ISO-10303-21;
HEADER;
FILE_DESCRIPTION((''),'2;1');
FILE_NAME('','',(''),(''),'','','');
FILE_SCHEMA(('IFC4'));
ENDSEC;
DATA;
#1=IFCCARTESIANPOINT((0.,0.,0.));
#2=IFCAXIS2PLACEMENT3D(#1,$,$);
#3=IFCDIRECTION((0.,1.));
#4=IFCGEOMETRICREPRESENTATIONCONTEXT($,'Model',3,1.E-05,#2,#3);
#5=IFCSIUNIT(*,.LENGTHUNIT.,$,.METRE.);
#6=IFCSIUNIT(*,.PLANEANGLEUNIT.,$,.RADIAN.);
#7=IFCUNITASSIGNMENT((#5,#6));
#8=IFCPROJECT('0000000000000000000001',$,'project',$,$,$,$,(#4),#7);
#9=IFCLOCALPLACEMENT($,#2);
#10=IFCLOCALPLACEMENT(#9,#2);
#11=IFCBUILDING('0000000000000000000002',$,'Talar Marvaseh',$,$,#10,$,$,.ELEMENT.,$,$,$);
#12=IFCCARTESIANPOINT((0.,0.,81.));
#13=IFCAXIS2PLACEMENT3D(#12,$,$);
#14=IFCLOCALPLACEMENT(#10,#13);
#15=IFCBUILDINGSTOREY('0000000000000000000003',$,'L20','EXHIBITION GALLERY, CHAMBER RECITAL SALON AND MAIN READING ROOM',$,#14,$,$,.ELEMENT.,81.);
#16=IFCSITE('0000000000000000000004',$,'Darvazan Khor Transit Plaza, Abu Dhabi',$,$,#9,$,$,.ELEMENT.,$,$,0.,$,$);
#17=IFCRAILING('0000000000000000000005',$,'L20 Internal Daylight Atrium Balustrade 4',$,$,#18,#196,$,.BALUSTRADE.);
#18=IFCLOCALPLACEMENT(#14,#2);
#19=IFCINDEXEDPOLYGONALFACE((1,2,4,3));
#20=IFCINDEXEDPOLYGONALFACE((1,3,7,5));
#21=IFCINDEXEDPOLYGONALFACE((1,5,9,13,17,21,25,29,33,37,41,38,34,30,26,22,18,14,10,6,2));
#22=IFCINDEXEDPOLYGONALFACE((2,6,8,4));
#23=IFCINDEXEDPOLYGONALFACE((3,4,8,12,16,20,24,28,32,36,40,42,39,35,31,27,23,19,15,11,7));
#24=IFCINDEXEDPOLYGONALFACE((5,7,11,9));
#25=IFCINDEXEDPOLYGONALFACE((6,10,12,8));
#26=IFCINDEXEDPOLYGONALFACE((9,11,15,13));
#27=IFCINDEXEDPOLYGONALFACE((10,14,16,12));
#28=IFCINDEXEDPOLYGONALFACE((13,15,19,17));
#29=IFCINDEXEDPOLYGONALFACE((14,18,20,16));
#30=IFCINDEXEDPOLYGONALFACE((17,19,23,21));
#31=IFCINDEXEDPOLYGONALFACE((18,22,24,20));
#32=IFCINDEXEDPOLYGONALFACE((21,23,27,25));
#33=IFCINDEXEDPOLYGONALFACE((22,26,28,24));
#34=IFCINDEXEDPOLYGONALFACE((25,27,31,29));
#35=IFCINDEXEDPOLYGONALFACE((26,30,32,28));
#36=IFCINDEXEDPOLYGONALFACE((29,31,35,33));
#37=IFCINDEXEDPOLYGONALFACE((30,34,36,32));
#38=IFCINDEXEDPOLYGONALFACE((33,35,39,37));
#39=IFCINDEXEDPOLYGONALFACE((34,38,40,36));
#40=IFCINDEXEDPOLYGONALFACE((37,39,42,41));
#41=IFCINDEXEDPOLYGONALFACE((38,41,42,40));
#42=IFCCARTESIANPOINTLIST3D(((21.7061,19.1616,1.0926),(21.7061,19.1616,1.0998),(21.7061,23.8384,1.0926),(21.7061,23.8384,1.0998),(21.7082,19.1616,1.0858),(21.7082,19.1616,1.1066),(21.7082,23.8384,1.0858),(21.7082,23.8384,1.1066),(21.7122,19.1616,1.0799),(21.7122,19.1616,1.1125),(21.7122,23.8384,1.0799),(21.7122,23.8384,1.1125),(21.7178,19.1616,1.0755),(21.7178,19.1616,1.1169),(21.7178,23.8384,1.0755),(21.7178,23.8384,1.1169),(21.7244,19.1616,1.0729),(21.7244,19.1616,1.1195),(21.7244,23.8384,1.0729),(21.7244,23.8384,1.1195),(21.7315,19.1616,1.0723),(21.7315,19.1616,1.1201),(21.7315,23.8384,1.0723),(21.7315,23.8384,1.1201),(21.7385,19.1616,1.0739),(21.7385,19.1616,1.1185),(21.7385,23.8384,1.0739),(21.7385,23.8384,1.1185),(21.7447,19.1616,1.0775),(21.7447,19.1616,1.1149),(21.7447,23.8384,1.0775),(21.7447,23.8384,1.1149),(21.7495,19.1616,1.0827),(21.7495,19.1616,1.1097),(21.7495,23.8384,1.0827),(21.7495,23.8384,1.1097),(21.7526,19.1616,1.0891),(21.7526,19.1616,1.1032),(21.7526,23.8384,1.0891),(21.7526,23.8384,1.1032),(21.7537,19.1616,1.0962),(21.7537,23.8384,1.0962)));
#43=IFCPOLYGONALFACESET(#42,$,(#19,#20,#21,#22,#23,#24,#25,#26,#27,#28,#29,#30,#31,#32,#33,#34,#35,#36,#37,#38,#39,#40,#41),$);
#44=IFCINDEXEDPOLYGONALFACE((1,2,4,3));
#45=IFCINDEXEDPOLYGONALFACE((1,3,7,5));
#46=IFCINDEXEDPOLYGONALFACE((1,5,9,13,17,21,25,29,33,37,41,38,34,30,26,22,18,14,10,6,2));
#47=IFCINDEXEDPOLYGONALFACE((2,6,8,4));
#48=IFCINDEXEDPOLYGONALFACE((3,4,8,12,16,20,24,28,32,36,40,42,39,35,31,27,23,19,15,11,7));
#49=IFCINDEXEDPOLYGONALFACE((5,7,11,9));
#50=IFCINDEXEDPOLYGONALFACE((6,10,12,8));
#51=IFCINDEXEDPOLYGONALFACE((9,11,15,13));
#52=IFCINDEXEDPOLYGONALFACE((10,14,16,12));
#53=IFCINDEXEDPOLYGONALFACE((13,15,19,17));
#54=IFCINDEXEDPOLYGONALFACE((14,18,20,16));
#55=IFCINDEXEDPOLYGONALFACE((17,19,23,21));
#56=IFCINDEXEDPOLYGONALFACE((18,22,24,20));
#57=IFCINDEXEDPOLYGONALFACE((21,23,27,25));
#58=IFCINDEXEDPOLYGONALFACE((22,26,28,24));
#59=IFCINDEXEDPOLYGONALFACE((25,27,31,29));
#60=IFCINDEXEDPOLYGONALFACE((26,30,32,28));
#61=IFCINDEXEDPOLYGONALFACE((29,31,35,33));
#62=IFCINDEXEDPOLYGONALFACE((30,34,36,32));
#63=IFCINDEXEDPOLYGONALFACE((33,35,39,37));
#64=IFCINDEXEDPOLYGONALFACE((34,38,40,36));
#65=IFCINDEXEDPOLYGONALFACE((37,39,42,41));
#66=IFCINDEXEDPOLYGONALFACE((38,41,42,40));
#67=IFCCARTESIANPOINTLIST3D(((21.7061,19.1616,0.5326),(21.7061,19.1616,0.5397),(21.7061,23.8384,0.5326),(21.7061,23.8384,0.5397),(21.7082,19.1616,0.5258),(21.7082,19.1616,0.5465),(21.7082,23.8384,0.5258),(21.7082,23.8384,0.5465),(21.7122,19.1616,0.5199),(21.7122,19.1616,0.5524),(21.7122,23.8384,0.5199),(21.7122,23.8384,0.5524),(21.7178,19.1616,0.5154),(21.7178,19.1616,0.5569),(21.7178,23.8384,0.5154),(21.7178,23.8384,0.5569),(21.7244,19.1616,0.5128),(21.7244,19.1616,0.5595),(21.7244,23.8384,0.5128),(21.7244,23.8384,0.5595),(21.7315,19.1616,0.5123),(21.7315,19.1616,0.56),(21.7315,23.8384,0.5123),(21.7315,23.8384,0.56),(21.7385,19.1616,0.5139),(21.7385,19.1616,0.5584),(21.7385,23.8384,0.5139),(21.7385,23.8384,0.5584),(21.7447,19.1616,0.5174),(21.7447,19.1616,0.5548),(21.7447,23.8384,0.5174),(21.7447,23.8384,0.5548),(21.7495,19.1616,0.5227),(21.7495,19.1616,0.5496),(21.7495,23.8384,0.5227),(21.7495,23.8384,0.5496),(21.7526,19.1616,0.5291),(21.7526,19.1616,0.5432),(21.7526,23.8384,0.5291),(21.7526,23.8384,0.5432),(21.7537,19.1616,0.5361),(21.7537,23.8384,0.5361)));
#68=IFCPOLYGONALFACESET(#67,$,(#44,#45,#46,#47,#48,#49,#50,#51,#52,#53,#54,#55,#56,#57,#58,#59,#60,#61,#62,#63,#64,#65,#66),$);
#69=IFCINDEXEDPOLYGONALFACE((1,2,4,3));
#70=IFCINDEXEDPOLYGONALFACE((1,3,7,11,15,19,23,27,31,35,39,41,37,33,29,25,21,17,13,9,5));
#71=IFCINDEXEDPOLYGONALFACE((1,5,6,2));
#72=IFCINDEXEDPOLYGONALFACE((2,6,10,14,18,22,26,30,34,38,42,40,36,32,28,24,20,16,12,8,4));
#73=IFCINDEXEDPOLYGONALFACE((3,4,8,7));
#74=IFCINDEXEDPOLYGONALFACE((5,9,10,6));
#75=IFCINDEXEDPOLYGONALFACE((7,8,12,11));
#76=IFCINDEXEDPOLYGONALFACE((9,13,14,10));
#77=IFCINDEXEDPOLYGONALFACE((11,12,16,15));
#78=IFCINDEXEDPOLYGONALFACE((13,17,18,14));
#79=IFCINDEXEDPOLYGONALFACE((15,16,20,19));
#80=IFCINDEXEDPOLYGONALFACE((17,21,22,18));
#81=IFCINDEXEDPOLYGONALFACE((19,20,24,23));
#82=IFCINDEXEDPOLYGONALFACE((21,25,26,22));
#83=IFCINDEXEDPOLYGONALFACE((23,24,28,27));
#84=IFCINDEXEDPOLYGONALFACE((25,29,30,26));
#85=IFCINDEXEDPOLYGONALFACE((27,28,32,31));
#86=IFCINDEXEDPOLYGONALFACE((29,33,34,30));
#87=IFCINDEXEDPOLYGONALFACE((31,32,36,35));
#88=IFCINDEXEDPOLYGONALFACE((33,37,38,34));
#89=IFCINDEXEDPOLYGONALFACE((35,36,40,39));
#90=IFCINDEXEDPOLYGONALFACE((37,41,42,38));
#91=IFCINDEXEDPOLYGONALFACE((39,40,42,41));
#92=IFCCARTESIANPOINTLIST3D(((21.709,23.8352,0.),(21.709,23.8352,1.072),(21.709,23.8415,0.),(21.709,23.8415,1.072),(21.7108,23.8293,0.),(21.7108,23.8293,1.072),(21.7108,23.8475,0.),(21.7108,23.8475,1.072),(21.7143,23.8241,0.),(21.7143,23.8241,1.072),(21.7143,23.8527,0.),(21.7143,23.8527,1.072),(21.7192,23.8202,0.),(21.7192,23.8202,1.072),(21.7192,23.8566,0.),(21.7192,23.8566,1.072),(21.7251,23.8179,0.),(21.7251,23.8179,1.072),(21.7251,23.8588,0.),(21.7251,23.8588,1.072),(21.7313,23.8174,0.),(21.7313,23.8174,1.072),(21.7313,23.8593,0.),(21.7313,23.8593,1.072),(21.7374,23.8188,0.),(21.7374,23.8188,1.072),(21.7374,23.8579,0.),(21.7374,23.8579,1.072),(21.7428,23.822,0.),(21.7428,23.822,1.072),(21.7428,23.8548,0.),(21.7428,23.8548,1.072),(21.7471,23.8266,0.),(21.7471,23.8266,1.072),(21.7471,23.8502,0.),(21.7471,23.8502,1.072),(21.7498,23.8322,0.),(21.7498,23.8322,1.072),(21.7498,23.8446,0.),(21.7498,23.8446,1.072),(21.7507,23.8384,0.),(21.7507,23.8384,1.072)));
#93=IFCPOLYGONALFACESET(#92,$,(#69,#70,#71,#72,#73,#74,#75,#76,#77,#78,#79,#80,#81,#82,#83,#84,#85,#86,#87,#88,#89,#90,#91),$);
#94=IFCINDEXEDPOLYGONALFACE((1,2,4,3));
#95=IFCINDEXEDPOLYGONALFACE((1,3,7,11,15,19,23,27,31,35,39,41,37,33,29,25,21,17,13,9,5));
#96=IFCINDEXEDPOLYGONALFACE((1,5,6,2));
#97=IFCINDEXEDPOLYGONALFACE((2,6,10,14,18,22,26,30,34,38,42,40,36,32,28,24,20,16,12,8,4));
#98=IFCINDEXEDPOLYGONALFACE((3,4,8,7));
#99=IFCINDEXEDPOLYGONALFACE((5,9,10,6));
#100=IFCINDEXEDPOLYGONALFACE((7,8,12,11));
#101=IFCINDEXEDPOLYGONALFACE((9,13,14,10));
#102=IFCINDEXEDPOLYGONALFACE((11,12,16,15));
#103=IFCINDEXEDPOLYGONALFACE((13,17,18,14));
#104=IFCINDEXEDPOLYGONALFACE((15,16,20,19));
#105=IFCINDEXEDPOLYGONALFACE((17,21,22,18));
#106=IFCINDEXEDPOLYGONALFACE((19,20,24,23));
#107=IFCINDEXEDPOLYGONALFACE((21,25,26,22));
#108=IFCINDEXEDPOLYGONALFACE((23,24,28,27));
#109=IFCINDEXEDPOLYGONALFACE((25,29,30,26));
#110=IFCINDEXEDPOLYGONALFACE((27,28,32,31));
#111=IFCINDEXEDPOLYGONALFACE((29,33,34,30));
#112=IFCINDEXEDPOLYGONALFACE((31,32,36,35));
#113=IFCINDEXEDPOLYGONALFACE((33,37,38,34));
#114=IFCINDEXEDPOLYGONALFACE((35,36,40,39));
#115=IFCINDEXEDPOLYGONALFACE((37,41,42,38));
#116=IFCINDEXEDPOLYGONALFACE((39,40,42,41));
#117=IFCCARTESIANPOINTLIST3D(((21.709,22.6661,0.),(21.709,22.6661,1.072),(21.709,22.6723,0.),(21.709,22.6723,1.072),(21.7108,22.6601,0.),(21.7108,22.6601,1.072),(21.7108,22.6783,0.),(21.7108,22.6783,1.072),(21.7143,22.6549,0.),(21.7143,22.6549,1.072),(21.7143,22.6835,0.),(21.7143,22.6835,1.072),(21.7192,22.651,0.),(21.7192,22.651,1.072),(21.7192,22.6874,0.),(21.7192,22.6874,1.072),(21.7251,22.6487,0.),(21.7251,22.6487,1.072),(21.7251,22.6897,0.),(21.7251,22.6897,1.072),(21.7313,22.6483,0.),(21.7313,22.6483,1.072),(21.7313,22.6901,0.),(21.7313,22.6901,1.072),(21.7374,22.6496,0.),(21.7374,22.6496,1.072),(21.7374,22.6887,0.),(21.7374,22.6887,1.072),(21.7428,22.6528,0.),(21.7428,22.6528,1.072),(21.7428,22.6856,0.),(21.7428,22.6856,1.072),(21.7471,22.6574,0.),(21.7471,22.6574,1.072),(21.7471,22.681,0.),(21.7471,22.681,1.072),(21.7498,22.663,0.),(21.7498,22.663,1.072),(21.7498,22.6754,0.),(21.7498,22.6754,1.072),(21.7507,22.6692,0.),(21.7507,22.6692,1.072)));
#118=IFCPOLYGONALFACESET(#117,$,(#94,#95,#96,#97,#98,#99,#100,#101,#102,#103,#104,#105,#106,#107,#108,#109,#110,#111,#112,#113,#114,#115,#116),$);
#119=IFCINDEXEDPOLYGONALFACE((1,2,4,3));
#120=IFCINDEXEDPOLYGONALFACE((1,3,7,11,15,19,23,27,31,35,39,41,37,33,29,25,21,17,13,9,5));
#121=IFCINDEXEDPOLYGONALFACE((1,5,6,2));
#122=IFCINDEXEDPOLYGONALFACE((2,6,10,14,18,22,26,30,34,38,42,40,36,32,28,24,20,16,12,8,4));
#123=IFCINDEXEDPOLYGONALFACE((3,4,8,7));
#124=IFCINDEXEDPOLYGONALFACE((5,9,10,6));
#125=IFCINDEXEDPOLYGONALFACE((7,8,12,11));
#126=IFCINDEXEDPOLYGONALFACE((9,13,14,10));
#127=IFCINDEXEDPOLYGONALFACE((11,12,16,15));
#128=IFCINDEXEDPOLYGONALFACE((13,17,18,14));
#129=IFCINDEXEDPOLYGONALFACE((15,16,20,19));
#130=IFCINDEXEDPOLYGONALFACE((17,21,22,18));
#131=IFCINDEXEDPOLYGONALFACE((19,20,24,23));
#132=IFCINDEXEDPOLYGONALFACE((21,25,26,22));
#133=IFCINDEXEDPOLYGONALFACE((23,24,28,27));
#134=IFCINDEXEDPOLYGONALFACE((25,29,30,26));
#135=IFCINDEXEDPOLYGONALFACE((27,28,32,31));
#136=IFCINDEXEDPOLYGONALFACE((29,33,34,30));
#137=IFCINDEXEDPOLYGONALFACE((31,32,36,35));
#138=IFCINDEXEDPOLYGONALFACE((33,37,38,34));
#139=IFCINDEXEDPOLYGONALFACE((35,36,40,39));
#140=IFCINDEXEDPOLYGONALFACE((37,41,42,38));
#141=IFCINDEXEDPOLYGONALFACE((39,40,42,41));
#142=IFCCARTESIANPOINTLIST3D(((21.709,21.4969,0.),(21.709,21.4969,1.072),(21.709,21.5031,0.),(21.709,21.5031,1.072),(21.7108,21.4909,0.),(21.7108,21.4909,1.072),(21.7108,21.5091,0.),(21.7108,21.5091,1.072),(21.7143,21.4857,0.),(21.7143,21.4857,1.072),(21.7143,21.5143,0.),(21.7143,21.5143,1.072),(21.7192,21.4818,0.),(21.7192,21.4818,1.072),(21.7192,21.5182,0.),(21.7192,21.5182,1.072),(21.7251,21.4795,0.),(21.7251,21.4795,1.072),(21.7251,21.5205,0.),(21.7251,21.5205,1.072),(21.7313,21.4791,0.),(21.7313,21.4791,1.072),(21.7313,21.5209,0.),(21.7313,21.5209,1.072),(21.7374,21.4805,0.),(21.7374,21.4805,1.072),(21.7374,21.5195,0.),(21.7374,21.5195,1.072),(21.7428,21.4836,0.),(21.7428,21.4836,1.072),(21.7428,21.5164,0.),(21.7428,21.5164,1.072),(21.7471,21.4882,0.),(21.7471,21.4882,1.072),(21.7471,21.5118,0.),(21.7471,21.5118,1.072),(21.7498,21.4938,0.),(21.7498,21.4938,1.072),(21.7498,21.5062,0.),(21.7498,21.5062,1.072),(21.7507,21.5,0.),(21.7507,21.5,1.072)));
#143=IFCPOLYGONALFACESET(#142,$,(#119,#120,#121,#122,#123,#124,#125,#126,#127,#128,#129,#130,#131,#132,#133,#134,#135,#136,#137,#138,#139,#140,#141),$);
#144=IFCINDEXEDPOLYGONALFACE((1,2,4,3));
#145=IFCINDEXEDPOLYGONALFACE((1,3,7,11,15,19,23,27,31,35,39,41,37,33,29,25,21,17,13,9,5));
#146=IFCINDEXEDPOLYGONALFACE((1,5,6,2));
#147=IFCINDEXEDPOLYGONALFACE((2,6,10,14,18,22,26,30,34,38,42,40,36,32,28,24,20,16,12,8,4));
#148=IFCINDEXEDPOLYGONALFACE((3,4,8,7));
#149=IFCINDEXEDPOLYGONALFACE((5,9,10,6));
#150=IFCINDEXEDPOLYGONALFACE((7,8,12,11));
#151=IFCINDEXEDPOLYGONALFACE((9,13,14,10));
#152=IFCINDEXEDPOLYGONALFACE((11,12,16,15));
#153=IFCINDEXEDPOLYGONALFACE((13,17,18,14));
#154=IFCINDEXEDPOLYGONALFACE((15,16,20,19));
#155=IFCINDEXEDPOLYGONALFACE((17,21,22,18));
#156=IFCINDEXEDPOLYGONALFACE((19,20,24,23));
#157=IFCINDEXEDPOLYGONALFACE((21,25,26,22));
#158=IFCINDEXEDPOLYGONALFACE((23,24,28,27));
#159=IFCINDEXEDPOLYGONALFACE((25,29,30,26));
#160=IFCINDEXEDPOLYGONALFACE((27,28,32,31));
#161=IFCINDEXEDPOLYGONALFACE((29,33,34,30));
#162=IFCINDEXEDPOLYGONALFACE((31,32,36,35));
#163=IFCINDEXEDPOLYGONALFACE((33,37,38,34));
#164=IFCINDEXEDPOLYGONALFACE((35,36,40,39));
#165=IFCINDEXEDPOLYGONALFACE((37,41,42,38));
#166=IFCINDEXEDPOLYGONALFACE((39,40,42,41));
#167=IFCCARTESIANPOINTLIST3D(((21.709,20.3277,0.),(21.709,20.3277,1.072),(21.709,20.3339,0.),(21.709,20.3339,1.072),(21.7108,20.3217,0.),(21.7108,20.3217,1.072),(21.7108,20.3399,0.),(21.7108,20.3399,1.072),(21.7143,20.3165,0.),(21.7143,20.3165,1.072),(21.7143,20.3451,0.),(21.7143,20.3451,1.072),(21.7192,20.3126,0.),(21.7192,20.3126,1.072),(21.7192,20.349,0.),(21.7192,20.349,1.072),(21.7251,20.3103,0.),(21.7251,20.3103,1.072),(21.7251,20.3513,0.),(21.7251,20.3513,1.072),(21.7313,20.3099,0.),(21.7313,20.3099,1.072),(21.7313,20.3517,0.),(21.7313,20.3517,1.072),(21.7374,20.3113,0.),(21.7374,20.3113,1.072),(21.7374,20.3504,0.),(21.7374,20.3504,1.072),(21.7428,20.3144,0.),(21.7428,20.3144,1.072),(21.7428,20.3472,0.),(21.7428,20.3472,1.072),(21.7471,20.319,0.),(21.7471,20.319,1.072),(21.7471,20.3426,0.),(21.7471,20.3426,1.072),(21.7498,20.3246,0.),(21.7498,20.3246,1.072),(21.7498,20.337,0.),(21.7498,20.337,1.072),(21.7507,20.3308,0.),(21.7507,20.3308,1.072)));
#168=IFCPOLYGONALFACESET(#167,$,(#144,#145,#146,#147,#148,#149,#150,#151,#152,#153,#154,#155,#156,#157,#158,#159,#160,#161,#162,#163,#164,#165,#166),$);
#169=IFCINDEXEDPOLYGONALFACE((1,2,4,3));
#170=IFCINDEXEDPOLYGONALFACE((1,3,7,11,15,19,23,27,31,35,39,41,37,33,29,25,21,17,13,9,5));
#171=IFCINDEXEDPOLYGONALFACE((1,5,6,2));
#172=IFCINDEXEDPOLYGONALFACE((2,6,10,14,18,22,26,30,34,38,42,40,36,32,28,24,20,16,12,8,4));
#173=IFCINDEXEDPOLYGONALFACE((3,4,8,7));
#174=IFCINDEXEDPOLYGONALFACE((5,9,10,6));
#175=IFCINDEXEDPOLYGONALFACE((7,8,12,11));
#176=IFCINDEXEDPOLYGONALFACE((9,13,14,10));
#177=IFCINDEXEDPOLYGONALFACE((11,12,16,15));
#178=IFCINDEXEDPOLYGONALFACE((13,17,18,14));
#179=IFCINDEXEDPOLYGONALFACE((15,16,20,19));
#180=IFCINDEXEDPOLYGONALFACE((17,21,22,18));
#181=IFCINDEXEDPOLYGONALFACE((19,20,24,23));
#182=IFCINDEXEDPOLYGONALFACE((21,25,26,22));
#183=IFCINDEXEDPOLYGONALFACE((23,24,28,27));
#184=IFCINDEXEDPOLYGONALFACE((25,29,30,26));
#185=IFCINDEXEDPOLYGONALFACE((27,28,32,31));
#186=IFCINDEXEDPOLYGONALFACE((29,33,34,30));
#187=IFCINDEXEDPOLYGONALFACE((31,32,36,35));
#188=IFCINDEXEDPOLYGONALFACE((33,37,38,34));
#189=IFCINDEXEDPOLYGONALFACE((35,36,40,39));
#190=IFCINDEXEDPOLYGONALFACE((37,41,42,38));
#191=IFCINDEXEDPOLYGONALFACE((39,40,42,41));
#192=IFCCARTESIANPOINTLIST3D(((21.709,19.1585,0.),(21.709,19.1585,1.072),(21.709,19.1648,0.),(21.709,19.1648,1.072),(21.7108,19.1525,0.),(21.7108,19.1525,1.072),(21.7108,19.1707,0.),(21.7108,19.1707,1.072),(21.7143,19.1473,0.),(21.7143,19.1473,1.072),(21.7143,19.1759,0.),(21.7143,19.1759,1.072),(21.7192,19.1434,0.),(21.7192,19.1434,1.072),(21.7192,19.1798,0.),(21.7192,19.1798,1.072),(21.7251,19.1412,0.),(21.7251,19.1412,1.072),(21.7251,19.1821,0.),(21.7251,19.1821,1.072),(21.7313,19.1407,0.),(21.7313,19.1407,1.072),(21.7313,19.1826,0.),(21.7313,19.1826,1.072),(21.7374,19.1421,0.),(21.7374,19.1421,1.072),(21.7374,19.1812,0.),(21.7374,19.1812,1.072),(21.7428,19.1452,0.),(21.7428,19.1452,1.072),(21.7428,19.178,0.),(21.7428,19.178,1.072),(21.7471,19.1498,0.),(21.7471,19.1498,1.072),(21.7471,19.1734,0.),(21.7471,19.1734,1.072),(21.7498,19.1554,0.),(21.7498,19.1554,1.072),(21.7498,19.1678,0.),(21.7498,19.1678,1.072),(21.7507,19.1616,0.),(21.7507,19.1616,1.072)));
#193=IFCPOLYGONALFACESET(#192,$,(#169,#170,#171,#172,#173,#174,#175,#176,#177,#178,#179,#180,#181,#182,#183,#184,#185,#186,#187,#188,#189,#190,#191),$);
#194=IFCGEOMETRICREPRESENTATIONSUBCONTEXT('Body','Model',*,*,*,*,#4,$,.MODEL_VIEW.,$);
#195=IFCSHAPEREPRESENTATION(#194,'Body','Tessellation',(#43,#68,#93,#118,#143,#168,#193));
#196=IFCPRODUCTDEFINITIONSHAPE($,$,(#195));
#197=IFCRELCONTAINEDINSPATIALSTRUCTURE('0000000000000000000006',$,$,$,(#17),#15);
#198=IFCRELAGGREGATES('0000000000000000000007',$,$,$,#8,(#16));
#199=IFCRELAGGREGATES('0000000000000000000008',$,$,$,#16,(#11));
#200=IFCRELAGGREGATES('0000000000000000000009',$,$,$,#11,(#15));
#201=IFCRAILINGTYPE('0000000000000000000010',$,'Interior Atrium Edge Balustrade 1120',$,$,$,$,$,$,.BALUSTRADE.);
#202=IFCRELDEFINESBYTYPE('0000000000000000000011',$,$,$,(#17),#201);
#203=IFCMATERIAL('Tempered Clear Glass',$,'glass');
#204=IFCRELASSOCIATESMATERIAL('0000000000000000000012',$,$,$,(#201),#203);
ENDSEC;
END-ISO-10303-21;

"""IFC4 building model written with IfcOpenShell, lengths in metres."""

from ifc_helpers import new_model, si_unit, direction, frame, origin, origin_2d, place, context, subcontext, project, spatial, circle, extrude, material, type_object, element, save


model = new_model("IFC4")

# Units and contexts
model_context = context("Model", 3, precision=1e-05, world=origin(), true_north=direction((0.0, 1.0)))
body_context = subcontext(model_context, "Body", "Model", "MODEL_VIEW")
ifc_project = project(units=[si_unit("LENGTHUNIT", "METRE"), si_unit("PLANEANGLEUNIT", "RADIAN")], contexts=[model_context])

# Site, building, storey
site_placement = place(None, origin())
site = spatial("IfcSite", under=ifc_project, at=site_placement, Name="Darvazan Khor Transit Plaza, Abu Dhabi", CompositionType="ELEMENT", RefElevation=0.0)
building_placement = place(site_placement, origin())
building = spatial("IfcBuilding", under=site, at=building_placement, Name="Talar Marvaseh", CompositionType="ELEMENT")
storey_placement = place(building_placement, frame((0.0, 0.0, 81.0)))
storey = spatial("IfcBuildingStorey", under=building, at=storey_placement, Name="L20", Description="EXHIBITION GALLERY, CHAMBER RECITAL SALON AND MAIN READING ROOM", CompositionType="ELEMENT", Elevation=81.0)

# Railing
ifc_material_1 = material(Name="Tempered Clear Glass", Category="glass")
railing_type_1 = type_object("IfcRailingType", Name="Interior Atrium Edge Balustrade 1120", PredefinedType="BALUSTRADE", material=ifc_material_1)
railing_1_placement = place(storey_placement, frame((21.7297, 23.8384, 0.0)))
element("IfcRailing", 1, at=railing_1_placement, inside=storey, type_object=railing_type_1, Name="L20 Internal Daylight Atrium Balustrade 4", PredefinedType="BALUSTRADE", context=body_context, shape_type="SweptSolid", body=[
    extrude(circle(Radius=0.0239, at=origin_2d()), frame((0.0, 0.0, 1.0962), z_axis=(0.0, -1.0, 0.0), x_axis=(1.0, 0.0, 0.0)), (0.0, 0.0, 1.0), 4.6768),
    extrude(circle(Radius=0.0239, at=origin_2d()), frame((0.0, 0.0, 0.5361), z_axis=(0.0, -1.0, 0.0), x_axis=(1.0, 0.0, 0.0)), (0.0, 0.0, 1.0), 4.6768),
    extrude(circle(Radius=0.021, at=origin_2d()), origin(), (0.0, 0.0, 1.0), 1.072),
    extrude(circle(Radius=0.021, at=origin_2d()), frame((0.0, -1.1692, 0.0)), (0.0, 0.0, 1.0), 1.072),
    extrude(circle(Radius=0.021, at=origin_2d()), frame((0.0, -2.3384, 0.0)), (0.0, 0.0, 1.0), 1.072),
    extrude(circle(Radius=0.021, at=origin_2d()), frame((0.0, -3.5076, 0.0)), (0.0, 0.0, 1.0), 1.072),
    extrude(circle(Radius=0.021, at=origin_2d()), frame((0.0, -4.6768, 0.0)), (0.0, 0.0, 1.0), 1.072),
])

save(model, "model.ifc")
